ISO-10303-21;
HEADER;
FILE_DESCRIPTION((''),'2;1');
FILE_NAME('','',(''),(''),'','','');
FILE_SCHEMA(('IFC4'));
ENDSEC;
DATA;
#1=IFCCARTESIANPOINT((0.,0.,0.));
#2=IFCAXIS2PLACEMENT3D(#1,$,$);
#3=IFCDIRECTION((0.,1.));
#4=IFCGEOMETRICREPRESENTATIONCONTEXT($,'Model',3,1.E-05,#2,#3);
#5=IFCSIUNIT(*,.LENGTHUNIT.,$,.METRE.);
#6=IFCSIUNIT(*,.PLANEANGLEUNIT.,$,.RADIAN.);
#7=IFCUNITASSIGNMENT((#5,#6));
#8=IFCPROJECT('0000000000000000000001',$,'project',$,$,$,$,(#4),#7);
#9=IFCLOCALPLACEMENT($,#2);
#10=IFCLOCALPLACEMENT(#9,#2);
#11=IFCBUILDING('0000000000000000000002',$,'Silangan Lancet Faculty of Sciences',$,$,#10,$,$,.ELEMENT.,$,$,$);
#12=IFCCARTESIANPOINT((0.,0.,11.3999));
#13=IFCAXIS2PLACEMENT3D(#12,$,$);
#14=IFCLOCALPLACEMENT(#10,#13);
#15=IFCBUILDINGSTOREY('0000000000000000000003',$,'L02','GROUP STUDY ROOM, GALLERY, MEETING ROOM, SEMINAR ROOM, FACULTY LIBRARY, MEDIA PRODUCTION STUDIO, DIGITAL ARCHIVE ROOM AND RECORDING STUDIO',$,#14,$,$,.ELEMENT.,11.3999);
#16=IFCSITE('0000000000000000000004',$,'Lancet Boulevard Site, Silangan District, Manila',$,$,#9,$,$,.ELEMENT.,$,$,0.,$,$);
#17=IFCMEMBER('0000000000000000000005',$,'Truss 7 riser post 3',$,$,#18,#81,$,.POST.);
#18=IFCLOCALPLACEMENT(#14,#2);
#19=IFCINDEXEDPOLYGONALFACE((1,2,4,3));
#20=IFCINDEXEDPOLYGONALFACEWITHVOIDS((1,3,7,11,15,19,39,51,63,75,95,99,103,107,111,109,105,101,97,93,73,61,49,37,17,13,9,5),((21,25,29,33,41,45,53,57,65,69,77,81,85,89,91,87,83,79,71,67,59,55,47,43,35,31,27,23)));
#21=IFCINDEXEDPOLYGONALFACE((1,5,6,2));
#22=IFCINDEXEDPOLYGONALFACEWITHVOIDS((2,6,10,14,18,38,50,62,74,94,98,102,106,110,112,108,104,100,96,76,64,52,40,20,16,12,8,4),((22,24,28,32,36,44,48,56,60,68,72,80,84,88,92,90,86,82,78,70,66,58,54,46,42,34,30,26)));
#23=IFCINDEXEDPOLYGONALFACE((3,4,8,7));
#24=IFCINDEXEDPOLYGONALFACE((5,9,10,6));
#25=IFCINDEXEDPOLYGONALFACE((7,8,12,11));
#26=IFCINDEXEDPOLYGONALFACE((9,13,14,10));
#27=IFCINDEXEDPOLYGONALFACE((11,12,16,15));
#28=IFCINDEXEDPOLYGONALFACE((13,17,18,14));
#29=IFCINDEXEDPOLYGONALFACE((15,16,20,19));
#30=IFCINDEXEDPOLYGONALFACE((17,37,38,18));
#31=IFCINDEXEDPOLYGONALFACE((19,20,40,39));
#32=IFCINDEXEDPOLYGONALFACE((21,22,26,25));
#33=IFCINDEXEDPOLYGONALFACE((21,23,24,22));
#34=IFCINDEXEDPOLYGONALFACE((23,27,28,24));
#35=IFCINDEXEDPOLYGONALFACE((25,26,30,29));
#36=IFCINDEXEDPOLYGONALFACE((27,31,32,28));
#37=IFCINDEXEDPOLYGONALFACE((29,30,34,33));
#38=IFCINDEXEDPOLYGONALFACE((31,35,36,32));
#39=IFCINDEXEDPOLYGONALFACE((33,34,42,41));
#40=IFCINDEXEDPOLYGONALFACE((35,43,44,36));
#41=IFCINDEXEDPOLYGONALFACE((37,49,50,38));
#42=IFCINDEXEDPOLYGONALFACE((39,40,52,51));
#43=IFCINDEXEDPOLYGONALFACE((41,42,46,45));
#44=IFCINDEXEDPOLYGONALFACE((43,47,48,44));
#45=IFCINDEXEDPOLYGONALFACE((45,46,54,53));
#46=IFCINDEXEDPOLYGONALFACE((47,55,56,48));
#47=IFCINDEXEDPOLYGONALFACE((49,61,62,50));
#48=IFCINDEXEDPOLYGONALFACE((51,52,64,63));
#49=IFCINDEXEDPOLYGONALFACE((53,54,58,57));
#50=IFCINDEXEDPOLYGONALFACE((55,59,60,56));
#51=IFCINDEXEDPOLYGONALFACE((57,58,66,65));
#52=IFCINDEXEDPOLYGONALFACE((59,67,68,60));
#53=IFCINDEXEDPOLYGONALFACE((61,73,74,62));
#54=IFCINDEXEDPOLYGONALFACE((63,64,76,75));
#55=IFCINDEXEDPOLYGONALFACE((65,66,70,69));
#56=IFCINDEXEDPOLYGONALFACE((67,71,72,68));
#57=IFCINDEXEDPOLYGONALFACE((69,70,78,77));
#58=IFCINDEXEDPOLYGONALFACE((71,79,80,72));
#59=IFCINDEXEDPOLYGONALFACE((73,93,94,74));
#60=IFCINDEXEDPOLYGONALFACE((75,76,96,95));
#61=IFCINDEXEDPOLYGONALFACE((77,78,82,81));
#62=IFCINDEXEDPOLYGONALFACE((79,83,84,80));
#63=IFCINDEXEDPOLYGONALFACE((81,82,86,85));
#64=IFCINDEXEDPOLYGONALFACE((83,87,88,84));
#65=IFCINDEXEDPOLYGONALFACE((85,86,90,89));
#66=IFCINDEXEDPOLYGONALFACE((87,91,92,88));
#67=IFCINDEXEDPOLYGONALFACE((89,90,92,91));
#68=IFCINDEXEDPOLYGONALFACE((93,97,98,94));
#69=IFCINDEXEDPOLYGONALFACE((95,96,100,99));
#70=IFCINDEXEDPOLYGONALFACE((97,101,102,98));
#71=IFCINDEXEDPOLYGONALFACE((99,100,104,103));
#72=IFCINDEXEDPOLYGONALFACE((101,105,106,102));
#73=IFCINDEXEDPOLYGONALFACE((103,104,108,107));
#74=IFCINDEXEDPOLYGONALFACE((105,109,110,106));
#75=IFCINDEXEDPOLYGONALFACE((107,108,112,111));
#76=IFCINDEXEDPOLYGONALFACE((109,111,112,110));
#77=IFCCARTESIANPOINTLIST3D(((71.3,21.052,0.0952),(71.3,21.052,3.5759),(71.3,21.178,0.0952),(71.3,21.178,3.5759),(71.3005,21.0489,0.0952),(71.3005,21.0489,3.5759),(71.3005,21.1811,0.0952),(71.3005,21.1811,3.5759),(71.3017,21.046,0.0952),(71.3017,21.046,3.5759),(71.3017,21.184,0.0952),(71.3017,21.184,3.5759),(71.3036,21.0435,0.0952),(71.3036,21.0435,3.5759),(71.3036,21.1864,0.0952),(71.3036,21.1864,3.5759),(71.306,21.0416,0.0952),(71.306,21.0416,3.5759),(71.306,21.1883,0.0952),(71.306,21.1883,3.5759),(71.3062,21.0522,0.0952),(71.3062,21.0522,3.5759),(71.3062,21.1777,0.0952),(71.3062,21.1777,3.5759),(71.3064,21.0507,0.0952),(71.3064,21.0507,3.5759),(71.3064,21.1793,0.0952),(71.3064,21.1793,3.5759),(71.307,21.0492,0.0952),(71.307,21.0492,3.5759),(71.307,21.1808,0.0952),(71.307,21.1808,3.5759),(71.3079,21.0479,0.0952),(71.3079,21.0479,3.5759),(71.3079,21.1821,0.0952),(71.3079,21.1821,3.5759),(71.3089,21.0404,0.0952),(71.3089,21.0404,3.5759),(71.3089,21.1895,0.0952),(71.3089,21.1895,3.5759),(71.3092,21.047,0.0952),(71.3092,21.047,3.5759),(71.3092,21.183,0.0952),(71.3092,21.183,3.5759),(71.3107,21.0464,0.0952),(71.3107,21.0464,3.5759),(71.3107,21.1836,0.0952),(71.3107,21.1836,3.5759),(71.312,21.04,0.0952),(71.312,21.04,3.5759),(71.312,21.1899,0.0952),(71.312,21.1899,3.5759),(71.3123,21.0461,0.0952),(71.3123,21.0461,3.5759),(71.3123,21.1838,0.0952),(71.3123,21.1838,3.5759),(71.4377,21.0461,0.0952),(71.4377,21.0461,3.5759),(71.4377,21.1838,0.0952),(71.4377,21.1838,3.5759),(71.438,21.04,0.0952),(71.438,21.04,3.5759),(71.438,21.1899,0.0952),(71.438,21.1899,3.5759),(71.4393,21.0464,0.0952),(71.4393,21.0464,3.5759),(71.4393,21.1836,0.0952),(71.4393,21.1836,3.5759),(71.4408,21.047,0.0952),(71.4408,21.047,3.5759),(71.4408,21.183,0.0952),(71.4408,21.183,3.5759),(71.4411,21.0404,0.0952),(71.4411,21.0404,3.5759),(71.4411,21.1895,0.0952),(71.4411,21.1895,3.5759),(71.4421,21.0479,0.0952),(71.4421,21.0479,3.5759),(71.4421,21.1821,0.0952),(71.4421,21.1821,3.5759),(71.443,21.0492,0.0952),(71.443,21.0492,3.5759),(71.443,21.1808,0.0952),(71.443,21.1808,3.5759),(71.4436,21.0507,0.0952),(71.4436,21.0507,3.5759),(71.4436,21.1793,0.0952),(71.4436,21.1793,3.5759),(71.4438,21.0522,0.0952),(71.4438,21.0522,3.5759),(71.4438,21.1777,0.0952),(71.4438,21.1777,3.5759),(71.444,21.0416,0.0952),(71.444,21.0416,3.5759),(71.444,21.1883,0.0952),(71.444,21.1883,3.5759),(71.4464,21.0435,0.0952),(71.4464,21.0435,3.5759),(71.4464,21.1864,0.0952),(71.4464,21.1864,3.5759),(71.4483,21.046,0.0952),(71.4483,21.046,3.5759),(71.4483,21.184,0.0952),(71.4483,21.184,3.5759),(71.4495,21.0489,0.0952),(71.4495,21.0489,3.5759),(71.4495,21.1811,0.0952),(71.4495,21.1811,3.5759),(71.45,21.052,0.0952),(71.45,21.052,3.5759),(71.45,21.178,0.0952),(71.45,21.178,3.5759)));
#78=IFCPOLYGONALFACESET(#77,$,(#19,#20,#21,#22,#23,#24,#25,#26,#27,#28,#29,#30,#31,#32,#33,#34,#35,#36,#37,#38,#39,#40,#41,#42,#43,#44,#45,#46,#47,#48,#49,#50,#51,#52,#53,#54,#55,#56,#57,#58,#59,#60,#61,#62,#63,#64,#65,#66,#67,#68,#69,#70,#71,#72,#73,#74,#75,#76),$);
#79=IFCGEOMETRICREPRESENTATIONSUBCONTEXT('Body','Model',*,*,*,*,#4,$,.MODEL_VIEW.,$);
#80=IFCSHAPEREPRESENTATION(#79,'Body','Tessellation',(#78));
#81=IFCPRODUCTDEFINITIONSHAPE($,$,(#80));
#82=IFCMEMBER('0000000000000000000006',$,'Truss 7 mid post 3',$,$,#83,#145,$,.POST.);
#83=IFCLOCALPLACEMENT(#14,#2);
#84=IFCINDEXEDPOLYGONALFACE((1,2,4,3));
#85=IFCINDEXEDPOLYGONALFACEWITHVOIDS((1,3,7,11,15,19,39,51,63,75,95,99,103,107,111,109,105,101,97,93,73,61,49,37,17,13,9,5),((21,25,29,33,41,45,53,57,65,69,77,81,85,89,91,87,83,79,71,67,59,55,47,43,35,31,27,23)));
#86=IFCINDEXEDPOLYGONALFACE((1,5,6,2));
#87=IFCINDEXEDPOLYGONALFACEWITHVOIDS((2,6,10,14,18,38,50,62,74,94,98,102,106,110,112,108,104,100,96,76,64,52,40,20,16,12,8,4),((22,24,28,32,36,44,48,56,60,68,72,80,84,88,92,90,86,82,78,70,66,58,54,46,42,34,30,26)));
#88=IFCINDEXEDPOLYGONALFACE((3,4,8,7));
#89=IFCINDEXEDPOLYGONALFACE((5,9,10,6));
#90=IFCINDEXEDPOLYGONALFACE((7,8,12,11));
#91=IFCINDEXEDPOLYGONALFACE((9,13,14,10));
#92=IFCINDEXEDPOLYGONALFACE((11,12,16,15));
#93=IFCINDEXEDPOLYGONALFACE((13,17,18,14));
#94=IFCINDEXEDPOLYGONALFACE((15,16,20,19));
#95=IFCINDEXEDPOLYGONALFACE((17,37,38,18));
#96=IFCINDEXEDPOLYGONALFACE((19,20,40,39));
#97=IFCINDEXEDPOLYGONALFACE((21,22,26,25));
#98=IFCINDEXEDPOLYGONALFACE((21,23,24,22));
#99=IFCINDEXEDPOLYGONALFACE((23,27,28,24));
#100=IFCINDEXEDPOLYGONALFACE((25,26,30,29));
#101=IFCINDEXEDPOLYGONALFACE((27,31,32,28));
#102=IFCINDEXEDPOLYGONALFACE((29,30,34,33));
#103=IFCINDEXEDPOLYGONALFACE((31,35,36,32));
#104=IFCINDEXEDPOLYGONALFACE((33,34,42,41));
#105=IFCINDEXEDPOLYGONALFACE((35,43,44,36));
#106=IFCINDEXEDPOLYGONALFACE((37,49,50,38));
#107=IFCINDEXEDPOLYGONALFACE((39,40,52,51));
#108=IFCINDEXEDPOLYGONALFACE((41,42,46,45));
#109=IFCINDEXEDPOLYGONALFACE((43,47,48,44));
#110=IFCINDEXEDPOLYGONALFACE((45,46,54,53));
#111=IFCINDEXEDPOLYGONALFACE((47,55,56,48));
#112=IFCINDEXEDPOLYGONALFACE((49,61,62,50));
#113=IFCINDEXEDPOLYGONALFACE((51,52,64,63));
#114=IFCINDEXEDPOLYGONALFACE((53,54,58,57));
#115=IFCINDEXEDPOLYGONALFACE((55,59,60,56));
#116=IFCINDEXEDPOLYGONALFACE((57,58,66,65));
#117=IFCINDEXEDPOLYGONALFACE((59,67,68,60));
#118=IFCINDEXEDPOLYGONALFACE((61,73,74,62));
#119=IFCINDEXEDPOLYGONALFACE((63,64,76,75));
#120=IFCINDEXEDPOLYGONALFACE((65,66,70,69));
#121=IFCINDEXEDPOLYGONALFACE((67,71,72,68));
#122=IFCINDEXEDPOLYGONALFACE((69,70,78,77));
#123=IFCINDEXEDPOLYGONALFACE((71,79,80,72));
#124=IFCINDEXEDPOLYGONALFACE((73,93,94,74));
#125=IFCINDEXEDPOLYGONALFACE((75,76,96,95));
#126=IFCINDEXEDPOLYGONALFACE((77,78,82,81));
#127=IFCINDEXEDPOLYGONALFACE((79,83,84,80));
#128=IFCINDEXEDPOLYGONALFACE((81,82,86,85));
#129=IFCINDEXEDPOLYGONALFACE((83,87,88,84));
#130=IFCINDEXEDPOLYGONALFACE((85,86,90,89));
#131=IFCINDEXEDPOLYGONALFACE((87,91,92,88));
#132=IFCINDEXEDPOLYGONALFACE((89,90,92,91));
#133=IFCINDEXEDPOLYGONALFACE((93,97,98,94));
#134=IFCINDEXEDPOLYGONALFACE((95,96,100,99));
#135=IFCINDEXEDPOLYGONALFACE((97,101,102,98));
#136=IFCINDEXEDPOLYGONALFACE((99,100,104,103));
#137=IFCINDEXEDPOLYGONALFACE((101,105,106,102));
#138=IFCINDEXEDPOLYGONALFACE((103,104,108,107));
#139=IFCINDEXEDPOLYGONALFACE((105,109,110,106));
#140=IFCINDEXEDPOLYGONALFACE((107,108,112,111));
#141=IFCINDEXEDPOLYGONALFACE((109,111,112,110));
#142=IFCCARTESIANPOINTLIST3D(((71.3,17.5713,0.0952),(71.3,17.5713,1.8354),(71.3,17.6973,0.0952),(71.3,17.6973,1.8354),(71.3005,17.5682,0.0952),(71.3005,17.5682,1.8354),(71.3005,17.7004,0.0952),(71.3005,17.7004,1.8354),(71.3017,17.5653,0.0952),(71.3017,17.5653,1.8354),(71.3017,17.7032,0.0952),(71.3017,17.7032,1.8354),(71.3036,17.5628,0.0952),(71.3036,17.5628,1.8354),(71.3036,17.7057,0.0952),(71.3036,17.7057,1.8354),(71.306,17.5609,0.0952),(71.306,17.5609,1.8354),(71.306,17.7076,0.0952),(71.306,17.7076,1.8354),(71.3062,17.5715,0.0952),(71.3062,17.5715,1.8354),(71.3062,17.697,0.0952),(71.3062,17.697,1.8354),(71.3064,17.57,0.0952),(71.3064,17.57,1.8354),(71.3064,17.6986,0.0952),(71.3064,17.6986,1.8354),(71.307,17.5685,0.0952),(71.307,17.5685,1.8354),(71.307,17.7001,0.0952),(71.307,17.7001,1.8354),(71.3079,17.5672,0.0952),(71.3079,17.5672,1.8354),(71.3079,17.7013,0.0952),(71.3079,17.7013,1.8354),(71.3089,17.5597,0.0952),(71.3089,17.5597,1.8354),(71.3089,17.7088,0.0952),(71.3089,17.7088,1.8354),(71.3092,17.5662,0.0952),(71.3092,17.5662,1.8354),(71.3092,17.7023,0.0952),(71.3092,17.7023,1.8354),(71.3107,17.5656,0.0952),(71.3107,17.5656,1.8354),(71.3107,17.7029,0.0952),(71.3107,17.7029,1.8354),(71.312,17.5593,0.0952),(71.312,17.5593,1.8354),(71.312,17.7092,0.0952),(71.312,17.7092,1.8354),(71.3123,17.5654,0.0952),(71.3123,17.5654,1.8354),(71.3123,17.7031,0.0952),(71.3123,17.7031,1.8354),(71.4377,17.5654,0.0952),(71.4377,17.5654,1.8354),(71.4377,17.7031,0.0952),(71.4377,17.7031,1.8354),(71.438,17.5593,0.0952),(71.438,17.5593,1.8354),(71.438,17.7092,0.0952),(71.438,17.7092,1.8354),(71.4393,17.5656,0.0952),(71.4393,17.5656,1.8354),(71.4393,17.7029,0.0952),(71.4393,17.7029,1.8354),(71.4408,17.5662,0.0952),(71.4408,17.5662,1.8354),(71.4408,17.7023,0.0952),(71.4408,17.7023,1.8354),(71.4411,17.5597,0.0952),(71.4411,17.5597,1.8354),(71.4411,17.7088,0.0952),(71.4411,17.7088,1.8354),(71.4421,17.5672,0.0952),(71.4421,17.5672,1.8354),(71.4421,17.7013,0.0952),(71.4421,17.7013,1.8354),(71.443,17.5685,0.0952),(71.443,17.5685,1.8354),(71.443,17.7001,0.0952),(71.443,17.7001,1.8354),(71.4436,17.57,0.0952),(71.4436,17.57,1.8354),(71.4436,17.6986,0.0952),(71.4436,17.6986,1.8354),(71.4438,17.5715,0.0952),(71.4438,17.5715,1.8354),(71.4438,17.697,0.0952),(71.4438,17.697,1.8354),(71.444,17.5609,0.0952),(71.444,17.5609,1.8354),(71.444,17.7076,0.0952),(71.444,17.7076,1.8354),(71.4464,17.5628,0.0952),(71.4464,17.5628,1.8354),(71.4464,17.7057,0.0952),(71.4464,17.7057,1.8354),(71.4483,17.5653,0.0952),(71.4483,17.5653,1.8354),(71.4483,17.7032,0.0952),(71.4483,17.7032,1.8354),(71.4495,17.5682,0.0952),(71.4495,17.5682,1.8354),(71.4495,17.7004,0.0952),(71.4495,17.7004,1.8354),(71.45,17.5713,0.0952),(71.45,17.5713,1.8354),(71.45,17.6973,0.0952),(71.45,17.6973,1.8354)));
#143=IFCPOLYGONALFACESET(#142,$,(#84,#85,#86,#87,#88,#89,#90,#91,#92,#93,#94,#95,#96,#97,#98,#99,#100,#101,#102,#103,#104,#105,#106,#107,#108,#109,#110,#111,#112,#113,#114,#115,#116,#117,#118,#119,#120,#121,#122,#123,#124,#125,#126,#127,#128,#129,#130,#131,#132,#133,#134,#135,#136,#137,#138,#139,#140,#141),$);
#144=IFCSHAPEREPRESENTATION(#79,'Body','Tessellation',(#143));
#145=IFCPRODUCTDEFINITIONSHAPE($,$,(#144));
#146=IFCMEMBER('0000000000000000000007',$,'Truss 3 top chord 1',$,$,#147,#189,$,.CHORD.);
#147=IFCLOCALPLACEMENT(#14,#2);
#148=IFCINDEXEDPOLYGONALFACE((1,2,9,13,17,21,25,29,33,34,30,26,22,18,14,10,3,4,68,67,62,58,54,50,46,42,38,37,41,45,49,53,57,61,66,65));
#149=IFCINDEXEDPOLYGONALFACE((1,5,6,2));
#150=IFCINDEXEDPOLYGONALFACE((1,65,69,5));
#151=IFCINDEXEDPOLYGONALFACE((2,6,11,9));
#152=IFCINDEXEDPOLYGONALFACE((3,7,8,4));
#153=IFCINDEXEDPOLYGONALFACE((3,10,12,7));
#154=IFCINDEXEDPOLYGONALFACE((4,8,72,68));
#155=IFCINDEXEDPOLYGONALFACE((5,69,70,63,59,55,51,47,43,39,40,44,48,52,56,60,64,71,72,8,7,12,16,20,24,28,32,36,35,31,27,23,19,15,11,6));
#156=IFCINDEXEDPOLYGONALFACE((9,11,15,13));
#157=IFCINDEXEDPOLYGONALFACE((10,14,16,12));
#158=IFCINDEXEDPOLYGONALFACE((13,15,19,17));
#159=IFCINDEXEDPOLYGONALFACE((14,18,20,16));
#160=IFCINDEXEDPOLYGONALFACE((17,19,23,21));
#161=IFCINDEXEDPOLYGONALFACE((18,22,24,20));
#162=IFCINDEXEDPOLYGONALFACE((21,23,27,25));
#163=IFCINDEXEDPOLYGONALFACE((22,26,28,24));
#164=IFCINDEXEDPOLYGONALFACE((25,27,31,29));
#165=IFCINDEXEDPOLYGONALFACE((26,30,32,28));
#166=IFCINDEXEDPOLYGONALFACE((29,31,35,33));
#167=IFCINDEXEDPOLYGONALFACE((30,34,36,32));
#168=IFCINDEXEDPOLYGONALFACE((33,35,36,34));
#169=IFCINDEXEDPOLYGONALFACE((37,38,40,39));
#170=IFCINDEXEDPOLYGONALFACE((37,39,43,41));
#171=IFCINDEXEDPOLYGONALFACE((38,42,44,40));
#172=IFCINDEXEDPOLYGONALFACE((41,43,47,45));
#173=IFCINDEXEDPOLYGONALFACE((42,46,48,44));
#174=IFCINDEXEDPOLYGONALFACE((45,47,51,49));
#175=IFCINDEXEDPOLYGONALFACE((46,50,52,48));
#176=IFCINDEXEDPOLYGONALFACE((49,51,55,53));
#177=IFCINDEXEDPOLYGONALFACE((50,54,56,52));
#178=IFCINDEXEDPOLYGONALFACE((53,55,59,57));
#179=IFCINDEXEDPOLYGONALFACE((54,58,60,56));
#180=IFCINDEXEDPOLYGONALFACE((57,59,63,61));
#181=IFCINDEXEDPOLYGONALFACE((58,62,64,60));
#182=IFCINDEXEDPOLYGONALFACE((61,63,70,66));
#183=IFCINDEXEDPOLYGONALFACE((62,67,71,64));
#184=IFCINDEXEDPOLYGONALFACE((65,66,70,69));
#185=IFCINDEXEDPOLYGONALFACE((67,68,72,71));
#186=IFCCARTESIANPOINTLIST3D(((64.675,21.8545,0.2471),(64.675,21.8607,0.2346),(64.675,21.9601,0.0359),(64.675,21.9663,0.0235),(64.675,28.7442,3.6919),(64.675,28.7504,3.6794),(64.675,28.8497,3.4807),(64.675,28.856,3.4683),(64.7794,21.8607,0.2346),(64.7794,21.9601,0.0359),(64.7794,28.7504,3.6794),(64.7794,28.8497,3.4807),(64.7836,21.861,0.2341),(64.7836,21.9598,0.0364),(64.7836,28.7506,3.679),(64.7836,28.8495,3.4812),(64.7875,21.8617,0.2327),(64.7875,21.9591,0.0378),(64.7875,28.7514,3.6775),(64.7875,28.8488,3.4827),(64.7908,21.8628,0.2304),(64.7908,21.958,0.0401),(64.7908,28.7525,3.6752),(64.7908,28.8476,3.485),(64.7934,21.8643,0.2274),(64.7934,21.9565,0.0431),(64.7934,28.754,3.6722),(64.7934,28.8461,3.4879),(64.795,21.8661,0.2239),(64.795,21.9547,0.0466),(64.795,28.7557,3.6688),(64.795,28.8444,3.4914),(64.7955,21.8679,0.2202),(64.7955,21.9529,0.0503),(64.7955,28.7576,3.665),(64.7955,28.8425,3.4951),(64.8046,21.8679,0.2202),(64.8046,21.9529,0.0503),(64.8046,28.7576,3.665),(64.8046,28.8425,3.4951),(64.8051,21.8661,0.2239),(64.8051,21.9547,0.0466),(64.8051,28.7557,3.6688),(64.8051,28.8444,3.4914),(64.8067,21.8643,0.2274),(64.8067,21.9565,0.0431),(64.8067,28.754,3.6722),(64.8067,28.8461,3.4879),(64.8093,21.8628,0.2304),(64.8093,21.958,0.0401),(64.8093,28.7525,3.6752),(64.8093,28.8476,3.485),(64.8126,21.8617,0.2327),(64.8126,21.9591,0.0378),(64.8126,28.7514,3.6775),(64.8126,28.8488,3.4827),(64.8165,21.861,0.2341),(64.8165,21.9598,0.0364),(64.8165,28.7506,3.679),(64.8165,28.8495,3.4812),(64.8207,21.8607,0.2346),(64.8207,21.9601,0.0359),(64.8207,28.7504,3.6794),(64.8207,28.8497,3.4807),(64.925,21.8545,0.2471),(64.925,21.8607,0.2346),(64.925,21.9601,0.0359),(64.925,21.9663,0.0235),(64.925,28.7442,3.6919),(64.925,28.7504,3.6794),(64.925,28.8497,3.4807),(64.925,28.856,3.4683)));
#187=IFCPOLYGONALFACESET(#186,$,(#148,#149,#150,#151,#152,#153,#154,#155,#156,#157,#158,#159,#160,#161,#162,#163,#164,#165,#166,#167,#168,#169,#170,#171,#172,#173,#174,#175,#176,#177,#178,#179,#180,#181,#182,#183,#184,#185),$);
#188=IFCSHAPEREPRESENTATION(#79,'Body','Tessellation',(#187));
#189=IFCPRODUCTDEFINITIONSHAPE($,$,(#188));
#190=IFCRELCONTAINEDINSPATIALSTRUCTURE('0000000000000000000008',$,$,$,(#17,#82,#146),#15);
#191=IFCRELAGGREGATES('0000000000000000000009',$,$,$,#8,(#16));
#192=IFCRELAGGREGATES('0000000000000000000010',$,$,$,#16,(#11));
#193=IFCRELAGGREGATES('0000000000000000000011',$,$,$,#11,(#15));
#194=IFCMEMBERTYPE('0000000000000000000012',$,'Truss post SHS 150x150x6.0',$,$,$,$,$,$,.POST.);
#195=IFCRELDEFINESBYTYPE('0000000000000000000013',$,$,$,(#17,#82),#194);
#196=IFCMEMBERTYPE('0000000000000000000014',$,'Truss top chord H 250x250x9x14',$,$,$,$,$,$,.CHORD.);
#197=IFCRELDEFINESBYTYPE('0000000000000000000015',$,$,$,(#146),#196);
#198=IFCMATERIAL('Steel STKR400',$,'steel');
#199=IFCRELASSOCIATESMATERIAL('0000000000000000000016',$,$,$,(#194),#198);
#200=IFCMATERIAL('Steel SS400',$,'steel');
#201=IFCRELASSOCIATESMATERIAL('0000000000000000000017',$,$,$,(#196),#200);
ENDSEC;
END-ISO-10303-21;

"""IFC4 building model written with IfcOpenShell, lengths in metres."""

from ifc_helpers import new_model, si_unit, direction, frame, origin, origin_2d, place, context, subcontext, project, spatial, hollow_rectangle, i_section, extrude, material, material_profile, profile_set, type_object, element, save


model = new_model("IFC4")

# Units and contexts
model_context = context("Model", 3, precision=1e-05, world=origin(), true_north=direction((0.0, 1.0)))
body_context = subcontext(model_context, "Body", "Model", "MODEL_VIEW")
ifc_project = project(units=[si_unit("LENGTHUNIT", "METRE"), si_unit("PLANEANGLEUNIT", "RADIAN")], contexts=[model_context])

# Site, building, storey
site_placement = place(None, origin())
site = spatial("IfcSite", under=ifc_project, at=site_placement, Name="Lancet Boulevard Site, Silangan District, Manila", CompositionType="ELEMENT", RefElevation=0.0)
building_placement = place(site_placement, origin())
building = spatial("IfcBuilding", under=site, at=building_placement, Name="Silangan Lancet Faculty of Sciences", CompositionType="ELEMENT")
storey_placement = place(building_placement, frame((0.0, 0.0, 11.3999)))
storey = spatial("IfcBuildingStorey", under=building, at=storey_placement, Name="L02", Description="GROUP STUDY ROOM, GALLERY, MEETING ROOM, SEMINAR ROOM, FACULTY LIBRARY, MEDIA PRODUCTION STUDIO, DIGITAL ARCHIVE ROOM AND RECORDING STUDIO", CompositionType="ELEMENT", Elevation=11.3999)

# Members
ifc_material_1 = material(Name="Steel STKR400", Category="steel")
ifc_material_profile_1 = material_profile(ifc_material_1, hollow_rectangle(XDim=0.1499, YDim=0.1499, WallThickness=0.0061, InnerFilletRadius=0.0061, OuterFilletRadius=0.012, at=origin_2d()), Name="SHS 150x150x6.0")
ifc_profile_set_1 = profile_set([ifc_material_profile_1], Name="Steel STKR400")
member_type_1 = type_object("IfcMemberType", Name="Truss post SHS 150x150x6.0", PredefinedType="POST", material=ifc_profile_set_1)
member_1_placement = place(storey_placement, frame((71.375, 21.115, 0.0952), z_axis=(0.0, 0.0, 1.0), x_axis=(1.0, 0.0, 0.0)))
element("IfcMember", 1, at=member_1_placement, inside=storey, type_object=member_type_1, Name="Truss 7 riser post 3", PredefinedType="POST", context=body_context, shape_type="SweptSolid", body=[
    extrude(hollow_rectangle(XDim=0.1499, YDim=0.1499, WallThickness=0.0061, InnerFilletRadius=0.0061, OuterFilletRadius=0.012, at=origin_2d()), origin(), (0.0, 0.0, 1.0), 3.4807),
])
member_2_placement = place(storey_placement, frame((71.375, 17.6343, 0.0952), z_axis=(0.0, 0.0, 1.0), x_axis=(1.0, 0.0, 0.0)))
element("IfcMember", 2, at=member_2_placement, inside=storey, type_object=member_type_1, Name="Truss 7 mid post 3", PredefinedType="POST", context=body_context, shape_type="SweptSolid", body=[
    extrude(hollow_rectangle(XDim=0.1499, YDim=0.1499, WallThickness=0.0061, InnerFilletRadius=0.0061, OuterFilletRadius=0.012, at=origin_2d()), origin(), (0.0, 0.0, 1.0), 1.7402),
])
ifc_material_2 = material(Name="Steel SS400", Category="steel")
ifc_material_profile_2 = material_profile(ifc_material_2, i_section(OverallWidth=0.25, OverallDepth=0.25, WebThickness=0.009, FlangeThickness=0.0139, FilletRadius=0.0161, at=origin_2d()), Name="H 250x250x9x14")
ifc_profile_set_2 = profile_set([ifc_material_profile_2], Name="Steel SS400")
member_type_2 = type_object("IfcMemberType", Name="Truss top chord H 250x250x9x14", PredefinedType="CHORD", material=ifc_profile_set_2)
for number, where, z_axis, x_axis, name in (
    (3, (64.8, 21.9104, 0.1353), (0.0, 0.894427, 0.447214), (-1.0, 0.0, 0.0), "Truss 3 top chord 1"),
):
    element("IfcMember", number, at=place(storey_placement, frame(where, z_axis=z_axis, x_axis=x_axis)), inside=storey, type_object=member_type_2, Name=name, PredefinedType="CHORD", context=body_context, shape_type="SweptSolid", body=[
        extrude(i_section(OverallWidth=0.25, OverallDepth=0.25, WebThickness=0.009, FlangeThickness=0.0139, FilletRadius=0.0161, at=origin_2d()), origin(), (0.0, 0.0, 1.0), 7.7029),
    ])

save(model, "model.ifc")
